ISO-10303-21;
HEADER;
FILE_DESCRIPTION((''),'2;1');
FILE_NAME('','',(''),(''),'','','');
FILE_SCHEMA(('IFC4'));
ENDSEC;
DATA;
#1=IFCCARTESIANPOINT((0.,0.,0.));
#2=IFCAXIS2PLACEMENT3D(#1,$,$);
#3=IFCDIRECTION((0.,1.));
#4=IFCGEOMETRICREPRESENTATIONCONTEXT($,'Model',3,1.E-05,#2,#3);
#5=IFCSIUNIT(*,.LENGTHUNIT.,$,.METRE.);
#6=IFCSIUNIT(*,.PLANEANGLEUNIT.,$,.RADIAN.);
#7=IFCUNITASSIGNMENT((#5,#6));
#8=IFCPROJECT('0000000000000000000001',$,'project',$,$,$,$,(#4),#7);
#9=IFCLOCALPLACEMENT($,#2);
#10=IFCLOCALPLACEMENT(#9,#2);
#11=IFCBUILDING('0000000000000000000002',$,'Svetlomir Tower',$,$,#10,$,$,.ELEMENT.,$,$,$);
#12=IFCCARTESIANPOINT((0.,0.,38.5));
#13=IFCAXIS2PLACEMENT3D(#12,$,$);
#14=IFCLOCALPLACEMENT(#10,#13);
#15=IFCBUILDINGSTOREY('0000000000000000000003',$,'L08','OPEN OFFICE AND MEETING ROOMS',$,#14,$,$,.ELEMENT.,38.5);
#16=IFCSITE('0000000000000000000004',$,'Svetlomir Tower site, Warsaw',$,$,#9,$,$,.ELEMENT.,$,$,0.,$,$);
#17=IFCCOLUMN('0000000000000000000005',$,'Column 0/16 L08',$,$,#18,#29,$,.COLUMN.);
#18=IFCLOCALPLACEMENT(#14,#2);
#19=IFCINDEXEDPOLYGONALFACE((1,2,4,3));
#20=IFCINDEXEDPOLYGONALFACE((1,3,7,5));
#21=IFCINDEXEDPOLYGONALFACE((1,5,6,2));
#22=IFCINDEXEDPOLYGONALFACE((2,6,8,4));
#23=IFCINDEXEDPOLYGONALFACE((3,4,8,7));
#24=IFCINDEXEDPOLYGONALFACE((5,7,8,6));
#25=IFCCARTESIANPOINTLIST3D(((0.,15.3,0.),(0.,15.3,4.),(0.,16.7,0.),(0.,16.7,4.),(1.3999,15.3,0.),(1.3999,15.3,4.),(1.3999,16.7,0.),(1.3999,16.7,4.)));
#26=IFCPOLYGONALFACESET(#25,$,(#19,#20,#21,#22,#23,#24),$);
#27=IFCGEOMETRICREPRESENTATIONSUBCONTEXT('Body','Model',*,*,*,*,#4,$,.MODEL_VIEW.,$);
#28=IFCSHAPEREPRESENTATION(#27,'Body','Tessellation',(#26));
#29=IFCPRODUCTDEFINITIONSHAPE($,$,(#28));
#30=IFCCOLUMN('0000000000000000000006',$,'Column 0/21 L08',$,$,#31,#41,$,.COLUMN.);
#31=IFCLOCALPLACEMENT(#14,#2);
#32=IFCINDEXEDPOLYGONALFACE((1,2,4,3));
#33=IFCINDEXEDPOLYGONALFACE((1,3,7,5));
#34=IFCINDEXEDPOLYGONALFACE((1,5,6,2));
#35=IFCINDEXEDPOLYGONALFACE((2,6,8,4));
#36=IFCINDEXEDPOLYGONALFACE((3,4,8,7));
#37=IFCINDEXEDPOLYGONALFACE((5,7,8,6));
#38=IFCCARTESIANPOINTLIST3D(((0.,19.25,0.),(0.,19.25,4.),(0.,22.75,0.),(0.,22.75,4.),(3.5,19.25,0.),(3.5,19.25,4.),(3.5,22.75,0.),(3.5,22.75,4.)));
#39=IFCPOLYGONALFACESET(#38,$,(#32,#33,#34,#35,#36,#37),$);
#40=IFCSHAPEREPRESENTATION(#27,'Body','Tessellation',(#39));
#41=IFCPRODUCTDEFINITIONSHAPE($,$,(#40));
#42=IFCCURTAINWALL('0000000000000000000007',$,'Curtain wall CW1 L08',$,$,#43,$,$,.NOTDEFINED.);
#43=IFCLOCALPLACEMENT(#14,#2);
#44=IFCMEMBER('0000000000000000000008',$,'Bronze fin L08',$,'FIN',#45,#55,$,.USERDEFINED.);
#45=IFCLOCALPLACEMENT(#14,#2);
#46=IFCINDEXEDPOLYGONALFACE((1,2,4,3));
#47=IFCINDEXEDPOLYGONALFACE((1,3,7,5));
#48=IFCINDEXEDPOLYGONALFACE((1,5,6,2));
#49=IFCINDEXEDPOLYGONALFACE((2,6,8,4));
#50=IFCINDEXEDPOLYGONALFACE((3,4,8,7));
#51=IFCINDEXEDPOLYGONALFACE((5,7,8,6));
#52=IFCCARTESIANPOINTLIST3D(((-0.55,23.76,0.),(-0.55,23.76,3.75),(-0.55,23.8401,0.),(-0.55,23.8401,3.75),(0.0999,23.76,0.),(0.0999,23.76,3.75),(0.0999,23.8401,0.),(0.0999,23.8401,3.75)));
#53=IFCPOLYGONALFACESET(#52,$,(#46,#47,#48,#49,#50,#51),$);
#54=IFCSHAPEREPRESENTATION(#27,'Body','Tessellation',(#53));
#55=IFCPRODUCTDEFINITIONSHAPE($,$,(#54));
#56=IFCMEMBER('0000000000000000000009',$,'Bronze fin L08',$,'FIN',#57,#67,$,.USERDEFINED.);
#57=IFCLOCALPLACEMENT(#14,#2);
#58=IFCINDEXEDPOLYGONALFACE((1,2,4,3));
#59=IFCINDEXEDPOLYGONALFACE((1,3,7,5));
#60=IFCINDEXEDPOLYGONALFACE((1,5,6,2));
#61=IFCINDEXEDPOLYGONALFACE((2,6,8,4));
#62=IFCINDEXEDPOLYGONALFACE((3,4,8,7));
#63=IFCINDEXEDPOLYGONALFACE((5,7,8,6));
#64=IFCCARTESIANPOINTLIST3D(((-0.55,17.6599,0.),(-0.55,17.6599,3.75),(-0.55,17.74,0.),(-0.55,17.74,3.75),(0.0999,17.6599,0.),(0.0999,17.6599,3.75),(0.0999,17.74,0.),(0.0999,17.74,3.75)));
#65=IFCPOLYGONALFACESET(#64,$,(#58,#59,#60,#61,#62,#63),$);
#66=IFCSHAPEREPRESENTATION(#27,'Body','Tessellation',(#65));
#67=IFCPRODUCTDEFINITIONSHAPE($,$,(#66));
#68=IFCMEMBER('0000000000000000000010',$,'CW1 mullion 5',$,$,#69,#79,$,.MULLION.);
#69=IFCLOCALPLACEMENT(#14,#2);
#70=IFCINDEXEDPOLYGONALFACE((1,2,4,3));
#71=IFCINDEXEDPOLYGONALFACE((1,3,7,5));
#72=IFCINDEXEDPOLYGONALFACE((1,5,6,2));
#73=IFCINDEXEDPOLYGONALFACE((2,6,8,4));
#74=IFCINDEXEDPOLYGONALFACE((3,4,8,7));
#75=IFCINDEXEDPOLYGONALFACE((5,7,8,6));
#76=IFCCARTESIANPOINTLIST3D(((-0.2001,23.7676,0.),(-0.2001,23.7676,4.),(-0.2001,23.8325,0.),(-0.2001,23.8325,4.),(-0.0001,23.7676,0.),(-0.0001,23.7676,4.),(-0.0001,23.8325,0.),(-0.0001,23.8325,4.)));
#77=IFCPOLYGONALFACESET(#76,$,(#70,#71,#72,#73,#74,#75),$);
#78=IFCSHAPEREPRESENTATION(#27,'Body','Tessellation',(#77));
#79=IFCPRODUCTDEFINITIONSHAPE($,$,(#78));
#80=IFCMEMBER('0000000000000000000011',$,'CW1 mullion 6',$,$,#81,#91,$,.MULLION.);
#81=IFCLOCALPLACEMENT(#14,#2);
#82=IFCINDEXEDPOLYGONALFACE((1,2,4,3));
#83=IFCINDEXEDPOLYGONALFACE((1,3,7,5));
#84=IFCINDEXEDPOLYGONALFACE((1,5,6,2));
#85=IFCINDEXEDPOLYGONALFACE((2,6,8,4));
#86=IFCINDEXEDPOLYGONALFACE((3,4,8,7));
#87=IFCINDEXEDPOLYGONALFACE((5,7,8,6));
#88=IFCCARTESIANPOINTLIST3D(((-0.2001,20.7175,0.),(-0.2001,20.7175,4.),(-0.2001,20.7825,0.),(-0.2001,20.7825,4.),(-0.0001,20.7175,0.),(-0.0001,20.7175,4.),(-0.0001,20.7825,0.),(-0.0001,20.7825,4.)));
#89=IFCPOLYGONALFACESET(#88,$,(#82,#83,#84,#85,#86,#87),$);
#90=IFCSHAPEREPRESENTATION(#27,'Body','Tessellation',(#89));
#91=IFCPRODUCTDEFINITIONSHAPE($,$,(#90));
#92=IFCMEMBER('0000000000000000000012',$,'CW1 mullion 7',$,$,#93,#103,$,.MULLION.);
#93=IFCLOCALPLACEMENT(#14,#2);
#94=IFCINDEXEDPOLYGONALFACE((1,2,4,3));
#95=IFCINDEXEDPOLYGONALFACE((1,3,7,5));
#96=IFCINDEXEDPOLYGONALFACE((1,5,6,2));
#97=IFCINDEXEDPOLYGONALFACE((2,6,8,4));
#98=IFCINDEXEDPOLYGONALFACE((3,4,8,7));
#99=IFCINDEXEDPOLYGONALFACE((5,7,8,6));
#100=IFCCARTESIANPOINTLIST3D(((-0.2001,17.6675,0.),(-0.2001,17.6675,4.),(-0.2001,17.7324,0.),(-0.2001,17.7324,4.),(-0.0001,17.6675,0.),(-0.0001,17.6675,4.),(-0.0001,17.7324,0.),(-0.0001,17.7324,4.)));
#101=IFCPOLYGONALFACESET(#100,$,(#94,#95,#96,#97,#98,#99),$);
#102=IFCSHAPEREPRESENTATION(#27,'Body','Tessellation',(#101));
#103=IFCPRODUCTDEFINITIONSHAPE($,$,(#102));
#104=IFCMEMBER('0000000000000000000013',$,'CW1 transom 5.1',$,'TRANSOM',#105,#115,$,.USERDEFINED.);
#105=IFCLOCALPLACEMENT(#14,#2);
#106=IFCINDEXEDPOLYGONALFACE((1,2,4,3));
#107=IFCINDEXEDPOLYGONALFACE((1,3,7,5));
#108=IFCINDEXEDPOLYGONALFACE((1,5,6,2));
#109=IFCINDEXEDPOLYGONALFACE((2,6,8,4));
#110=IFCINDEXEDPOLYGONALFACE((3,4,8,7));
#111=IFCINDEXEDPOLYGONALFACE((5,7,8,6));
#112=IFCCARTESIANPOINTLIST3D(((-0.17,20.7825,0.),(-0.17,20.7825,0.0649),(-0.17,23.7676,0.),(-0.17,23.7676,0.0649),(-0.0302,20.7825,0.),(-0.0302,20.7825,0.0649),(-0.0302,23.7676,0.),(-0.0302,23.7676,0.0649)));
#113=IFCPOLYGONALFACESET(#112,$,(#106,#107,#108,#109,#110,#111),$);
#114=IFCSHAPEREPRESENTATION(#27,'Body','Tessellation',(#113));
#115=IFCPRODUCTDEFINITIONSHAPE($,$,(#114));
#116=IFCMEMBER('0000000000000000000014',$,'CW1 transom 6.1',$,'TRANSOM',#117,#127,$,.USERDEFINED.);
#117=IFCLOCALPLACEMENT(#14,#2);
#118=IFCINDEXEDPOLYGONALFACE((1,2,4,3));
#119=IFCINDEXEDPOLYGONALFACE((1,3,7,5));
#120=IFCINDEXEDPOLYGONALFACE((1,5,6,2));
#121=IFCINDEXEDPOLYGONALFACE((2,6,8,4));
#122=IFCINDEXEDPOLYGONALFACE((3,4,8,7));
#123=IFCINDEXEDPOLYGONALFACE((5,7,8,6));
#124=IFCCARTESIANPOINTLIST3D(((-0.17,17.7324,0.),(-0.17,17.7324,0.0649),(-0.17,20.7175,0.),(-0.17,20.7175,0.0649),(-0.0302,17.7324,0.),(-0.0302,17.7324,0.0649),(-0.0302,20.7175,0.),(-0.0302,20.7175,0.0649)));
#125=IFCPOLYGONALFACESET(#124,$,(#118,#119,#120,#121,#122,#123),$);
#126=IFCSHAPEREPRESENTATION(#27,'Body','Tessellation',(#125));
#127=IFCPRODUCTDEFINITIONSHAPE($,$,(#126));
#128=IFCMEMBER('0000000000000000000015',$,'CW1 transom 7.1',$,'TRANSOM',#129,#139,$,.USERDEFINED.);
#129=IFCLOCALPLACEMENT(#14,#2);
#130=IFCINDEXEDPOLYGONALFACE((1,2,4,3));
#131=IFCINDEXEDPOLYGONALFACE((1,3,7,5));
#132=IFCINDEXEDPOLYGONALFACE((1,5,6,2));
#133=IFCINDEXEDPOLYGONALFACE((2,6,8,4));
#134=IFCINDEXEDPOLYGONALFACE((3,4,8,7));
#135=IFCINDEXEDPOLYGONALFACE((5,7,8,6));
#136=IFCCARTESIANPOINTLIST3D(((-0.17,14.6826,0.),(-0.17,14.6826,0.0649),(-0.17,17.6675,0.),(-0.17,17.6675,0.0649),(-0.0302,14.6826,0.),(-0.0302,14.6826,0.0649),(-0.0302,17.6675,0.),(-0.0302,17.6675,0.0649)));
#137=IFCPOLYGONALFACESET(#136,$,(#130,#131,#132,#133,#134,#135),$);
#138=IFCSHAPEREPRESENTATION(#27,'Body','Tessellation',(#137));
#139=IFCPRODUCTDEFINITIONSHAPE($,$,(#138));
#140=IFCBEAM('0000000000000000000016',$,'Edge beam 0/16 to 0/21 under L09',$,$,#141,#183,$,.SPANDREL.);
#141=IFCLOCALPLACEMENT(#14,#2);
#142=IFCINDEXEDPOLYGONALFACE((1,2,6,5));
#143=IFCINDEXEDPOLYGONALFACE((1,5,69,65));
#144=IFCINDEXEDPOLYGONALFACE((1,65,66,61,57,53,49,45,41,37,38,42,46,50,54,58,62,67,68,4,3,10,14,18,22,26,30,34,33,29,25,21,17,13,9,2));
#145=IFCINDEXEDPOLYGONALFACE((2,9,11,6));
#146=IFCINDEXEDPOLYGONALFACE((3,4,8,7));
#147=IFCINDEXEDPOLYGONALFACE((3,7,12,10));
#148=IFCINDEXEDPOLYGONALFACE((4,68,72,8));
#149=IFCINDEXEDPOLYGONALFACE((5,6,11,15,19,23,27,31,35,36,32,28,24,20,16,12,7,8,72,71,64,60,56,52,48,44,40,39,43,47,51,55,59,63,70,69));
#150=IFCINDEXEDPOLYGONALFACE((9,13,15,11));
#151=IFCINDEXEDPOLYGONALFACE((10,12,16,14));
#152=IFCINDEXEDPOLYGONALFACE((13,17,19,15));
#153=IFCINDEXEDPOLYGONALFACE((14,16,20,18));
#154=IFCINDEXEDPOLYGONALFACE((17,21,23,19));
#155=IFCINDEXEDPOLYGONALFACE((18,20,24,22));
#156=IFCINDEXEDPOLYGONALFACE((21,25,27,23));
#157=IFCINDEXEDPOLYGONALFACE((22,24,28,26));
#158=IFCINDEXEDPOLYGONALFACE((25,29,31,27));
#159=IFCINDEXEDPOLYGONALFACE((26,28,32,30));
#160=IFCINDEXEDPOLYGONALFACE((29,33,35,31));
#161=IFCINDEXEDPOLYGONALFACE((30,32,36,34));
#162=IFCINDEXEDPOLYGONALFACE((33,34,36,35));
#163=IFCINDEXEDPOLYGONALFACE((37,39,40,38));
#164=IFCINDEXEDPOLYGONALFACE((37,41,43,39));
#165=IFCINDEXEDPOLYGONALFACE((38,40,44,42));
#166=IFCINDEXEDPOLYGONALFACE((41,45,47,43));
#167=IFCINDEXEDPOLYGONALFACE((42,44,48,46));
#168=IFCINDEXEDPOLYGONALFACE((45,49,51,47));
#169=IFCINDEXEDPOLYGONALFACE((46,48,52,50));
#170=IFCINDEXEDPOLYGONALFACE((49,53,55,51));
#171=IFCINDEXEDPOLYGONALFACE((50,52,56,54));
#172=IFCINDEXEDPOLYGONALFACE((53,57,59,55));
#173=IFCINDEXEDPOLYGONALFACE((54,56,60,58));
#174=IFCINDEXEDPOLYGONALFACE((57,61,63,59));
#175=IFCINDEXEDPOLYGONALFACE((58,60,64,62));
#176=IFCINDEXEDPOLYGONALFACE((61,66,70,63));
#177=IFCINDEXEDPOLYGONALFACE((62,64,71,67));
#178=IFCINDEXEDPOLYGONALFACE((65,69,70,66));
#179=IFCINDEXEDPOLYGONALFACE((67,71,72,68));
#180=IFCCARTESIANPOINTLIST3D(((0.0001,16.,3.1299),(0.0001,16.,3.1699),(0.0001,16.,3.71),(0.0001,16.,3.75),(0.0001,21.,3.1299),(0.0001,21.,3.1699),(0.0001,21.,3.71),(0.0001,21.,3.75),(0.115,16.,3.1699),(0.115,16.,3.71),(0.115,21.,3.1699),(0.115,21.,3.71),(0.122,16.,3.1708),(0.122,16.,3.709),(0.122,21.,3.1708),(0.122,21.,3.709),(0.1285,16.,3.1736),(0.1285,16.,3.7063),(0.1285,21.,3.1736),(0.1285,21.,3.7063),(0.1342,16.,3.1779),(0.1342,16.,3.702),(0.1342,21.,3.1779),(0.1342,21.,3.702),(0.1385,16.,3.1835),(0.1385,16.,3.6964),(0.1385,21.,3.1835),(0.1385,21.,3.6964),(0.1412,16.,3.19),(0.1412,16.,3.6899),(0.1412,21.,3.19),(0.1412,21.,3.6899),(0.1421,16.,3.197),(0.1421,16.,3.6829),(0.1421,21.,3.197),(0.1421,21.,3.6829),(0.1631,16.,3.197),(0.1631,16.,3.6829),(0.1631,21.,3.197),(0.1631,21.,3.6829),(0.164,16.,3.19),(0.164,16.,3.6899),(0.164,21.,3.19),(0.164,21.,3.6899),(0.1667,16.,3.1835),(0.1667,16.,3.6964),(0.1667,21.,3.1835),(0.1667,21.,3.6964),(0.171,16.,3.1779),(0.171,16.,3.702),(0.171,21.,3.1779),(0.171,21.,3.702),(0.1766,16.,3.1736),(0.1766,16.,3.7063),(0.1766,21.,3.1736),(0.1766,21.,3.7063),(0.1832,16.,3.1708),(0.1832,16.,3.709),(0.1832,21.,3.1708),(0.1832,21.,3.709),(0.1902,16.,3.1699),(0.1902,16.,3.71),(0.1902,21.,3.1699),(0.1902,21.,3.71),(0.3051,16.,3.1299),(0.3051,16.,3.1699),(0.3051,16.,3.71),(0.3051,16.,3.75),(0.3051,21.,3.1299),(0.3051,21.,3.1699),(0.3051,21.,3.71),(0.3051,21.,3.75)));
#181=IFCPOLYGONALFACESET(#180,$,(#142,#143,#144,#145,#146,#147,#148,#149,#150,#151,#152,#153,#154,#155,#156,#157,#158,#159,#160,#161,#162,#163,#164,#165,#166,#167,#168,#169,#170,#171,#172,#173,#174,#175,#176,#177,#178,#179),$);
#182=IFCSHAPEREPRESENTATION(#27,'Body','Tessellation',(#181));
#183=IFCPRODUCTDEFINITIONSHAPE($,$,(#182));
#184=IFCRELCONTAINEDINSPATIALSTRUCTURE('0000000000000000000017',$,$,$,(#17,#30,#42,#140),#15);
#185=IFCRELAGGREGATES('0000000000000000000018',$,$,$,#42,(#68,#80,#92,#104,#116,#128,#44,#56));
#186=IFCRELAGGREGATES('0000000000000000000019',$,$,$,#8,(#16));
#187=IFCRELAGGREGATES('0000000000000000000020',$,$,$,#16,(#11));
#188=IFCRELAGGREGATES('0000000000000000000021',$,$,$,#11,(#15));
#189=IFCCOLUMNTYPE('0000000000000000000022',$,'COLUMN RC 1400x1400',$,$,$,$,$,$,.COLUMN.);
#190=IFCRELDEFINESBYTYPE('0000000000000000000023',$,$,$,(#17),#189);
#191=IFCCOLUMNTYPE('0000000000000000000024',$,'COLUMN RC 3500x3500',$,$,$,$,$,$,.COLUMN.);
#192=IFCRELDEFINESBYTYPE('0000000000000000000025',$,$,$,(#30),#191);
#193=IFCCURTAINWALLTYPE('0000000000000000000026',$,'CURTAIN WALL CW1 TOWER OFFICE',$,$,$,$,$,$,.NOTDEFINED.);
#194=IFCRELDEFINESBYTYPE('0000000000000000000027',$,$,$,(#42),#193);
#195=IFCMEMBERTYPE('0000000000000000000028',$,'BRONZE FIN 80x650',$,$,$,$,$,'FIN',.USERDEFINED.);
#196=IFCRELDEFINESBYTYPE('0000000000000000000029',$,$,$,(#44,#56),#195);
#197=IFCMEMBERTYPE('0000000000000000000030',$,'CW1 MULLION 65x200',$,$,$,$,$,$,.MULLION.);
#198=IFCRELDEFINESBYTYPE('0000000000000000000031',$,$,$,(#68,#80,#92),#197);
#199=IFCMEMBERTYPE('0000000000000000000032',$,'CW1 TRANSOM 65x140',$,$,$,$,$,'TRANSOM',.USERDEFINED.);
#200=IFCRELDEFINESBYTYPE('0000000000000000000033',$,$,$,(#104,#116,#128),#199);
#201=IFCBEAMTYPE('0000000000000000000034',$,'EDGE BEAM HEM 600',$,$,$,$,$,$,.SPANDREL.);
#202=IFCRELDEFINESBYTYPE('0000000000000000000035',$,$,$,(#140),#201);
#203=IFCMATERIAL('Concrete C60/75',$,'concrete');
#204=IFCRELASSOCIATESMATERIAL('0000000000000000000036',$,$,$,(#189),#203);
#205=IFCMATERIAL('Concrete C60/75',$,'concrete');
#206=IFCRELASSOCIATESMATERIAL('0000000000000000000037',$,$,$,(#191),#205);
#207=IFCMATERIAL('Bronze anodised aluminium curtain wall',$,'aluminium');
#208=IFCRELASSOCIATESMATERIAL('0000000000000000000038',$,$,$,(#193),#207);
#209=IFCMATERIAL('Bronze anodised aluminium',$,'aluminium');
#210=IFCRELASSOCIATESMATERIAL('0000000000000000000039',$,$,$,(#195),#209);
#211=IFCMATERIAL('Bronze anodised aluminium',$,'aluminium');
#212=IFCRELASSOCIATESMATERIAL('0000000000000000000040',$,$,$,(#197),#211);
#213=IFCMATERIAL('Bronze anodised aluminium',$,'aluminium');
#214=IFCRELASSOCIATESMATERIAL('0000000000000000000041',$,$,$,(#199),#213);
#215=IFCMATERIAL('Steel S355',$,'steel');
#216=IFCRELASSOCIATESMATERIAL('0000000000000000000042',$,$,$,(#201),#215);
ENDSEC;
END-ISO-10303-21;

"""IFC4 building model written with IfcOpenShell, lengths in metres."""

from ifc_helpers import new_model, si_unit, direction, frame, origin, origin_2d, place, context, subcontext, project, spatial, rectangle, i_section, extrude, material, material_profile, profile_set, type_object, element, aggregate, save


model = new_model("IFC4")

# Units and contexts
model_context = context("Model", 3, precision=1e-05, world=origin(), true_north=direction((0.0, 1.0)))
body_context = subcontext(model_context, "Body", "Model", "MODEL_VIEW")
ifc_project = project(units=[si_unit("LENGTHUNIT", "METRE"), si_unit("PLANEANGLEUNIT", "RADIAN")], contexts=[model_context])

# Site, building, storey
site_placement = place(None, origin())
site = spatial("IfcSite", under=ifc_project, at=site_placement, Name="Svetlomir Tower site, Warsaw", CompositionType="ELEMENT", RefElevation=0.0)
building_placement = place(site_placement, origin())
building = spatial("IfcBuilding", under=site, at=building_placement, Name="Svetlomir Tower", CompositionType="ELEMENT")
storey_placement = place(building_placement, frame((0.0, 0.0, 38.5)))
storey = spatial("IfcBuildingStorey", under=building, at=storey_placement, Name="L08", Description="OPEN OFFICE AND MEETING ROOMS", CompositionType="ELEMENT", Elevation=38.5)

# Columns
ifc_material_1 = material(Name="Concrete C60/75", Category="concrete")
ifc_material_profile_1 = material_profile(ifc_material_1, rectangle(XDim=1.3999, YDim=1.3999, at=origin_2d()), Name="RC 1400x1400")
ifc_profile_set_1 = profile_set([ifc_material_profile_1], Name="Concrete C60/75")
column_type_1 = type_object("IfcColumnType", Name="COLUMN RC 1400x1400", PredefinedType="COLUMN", material=ifc_profile_set_1)
column_1_placement = place(storey_placement, frame((0.7, 16.0, 0.0), z_axis=(0.0, 0.0, 1.0), x_axis=(1.0, 0.0, 0.0)))
element("IfcColumn", 1, at=column_1_placement, inside=storey, type_object=column_type_1, Name="Column 0/16 L08", PredefinedType="COLUMN", context=body_context, shape_type="SweptSolid", body=[
    extrude(rectangle(XDim=1.3999, YDim=1.3999, at=origin_2d()), origin(), (0.0, 0.0, 1.0), 4.0),
])
ifc_material_2 = material(Name="Concrete C60/75", Category="concrete")
ifc_material_profile_2 = material_profile(ifc_material_2, rectangle(XDim=3.5, YDim=3.5, at=origin_2d()), Name="RC 3500x3500")
ifc_profile_set_2 = profile_set([ifc_material_profile_2], Name="Concrete C60/75")
column_type_2 = type_object("IfcColumnType", Name="COLUMN RC 3500x3500", PredefinedType="COLUMN", material=ifc_profile_set_2)
column_2_placement = place(storey_placement, frame((1.75, 21.0, 0.0), z_axis=(0.0, 0.0, 1.0), x_axis=(1.0, 0.0, 0.0)))
element("IfcColumn", 2, at=column_2_placement, inside=storey, type_object=column_type_2, Name="Column 0/21 L08", PredefinedType="COLUMN", context=body_context, shape_type="SweptSolid", body=[
    extrude(rectangle(XDim=3.5, YDim=3.5, at=origin_2d()), origin(), (0.0, 0.0, 1.0), 4.0),
])

# Curtain wall, members
ifc_material_3 = material(Name="Bronze anodised aluminium curtain wall", Category="aluminium")
curtain_wall_type = type_object("IfcCurtainWallType", Name="CURTAIN WALL CW1 TOWER OFFICE", PredefinedType="NOTDEFINED", material=ifc_material_3)
curtain_wall_placement = place(storey_placement, origin())
curtain_wall = element("IfcCurtainWall", 3, at=curtain_wall_placement, inside=storey, type_object=curtain_wall_type, Name="Curtain wall CW1 L08", PredefinedType="NOTDEFINED")
ifc_material_4 = material(Name="Bronze anodised aluminium", Category="aluminium")
ifc_material_profile_3 = material_profile(ifc_material_4, rectangle(XDim=0.0801, YDim=0.6499, at=origin_2d()), Name="FIN 80x650")
ifc_profile_set_3 = profile_set([ifc_material_profile_3], Name="Bronze anodised aluminium 6063-T6")
member_type_1 = type_object("IfcMemberType", Name="BRONZE FIN 80x650", ElementType="FIN", PredefinedType="USERDEFINED", material=ifc_profile_set_3)
member_1_placement = place(storey_placement, frame((-0.2251, 23.8, 0.0), z_axis=(0.0, 0.0, 1.0), x_axis=(0.0, 1.0, 0.0)))
member_1 = element("IfcMember", 4, at=member_1_placement, type_object=member_type_1, Name="Bronze fin L08", ObjectType="FIN", PredefinedType="USERDEFINED", context=body_context, shape_type="SweptSolid", body=[
    extrude(rectangle(XDim=0.0801, YDim=0.6499, at=origin_2d()), origin(), (0.0, 0.0, 1.0), 3.75),
])
member_2_placement = place(storey_placement, frame((-0.2251, 17.7, 0.0), z_axis=(0.0, 0.0, 1.0), x_axis=(0.0, 1.0, 0.0)))
member_2 = element("IfcMember", 5, at=member_2_placement, type_object=member_type_1, Name="Bronze fin L08", ObjectType="FIN", PredefinedType="USERDEFINED", context=body_context, shape_type="SweptSolid", body=[
    extrude(rectangle(XDim=0.0801, YDim=0.6499, at=origin_2d()), origin(), (0.0, 0.0, 1.0), 3.75),
])
ifc_material_5 = material(Name="Bronze anodised aluminium", Category="aluminium")
ifc_material_profile_4 = material_profile(ifc_material_5, rectangle(XDim=0.0649, YDim=0.2, at=origin_2d()), Name="AL 65x200")
ifc_profile_set_4 = profile_set([ifc_material_profile_4], Name="Bronze anodised aluminium 6063-T6")
member_type_2 = type_object("IfcMemberType", Name="CW1 MULLION 65x200", PredefinedType="MULLION", material=ifc_profile_set_4)
member_3_placement = place(storey_placement, frame((-0.1001, 23.8, 0.0), z_axis=(0.0, 0.0, 1.0), x_axis=(0.0, -1.0, 0.0)))
member_3 = element("IfcMember", 6, at=member_3_placement, type_object=member_type_2, Name="CW1 mullion 5", PredefinedType="MULLION", context=body_context, shape_type="SweptSolid", body=[
    extrude(rectangle(XDim=0.0649, YDim=0.2, at=origin_2d()), origin(), (0.0, 0.0, 1.0), 4.0),
])
member_4_placement = place(storey_placement, frame((-0.1001, 20.75, 0.0), z_axis=(0.0, 0.0, 1.0), x_axis=(0.0, -1.0, 0.0)))
member_4 = element("IfcMember", 7, at=member_4_placement, type_object=member_type_2, Name="CW1 mullion 6", PredefinedType="MULLION", context=body_context, shape_type="SweptSolid", body=[
    extrude(rectangle(XDim=0.0649, YDim=0.2, at=origin_2d()), origin(), (0.0, 0.0, 1.0), 4.0),
])
member_5_placement = place(storey_placement, frame((-0.1001, 17.7, 0.0), z_axis=(0.0, 0.0, 1.0), x_axis=(0.0, -1.0, 0.0)))
member_5 = element("IfcMember", 8, at=member_5_placement, type_object=member_type_2, Name="CW1 mullion 7", PredefinedType="MULLION", context=body_context, shape_type="SweptSolid", body=[
    extrude(rectangle(XDim=0.0649, YDim=0.2, at=origin_2d()), origin(), (0.0, 0.0, 1.0), 4.0),
])
ifc_material_6 = material(Name="Bronze anodised aluminium", Category="aluminium")
ifc_material_profile_5 = material_profile(ifc_material_6, rectangle(XDim=0.1399, YDim=0.0649, at=origin_2d()), Name="AL 140x65")
ifc_profile_set_5 = profile_set([ifc_material_profile_5], Name="Bronze anodised aluminium 6063-T6")
member_type_3 = type_object("IfcMemberType", Name="CW1 TRANSOM 65x140", ElementType="TRANSOM", PredefinedType="USERDEFINED", material=ifc_profile_set_5)
member_6_placement = place(storey_placement, frame((-0.1001, 23.7676, 0.0325), z_axis=(0.0, -1.0, 0.0), x_axis=(1.0, 0.0, 0.0)))
member_6 = element("IfcMember", 9, at=member_6_placement, type_object=member_type_3, Name="CW1 transom 5.1", ObjectType="TRANSOM", PredefinedType="USERDEFINED", context=body_context, shape_type="SweptSolid", body=[
    extrude(rectangle(XDim=0.1399, YDim=0.0649, at=origin_2d()), origin(), (0.0, 0.0, 1.0), 2.9851),
])
member_7_placement = place(storey_placement, frame((-0.1001, 20.7175, 0.0325), z_axis=(0.0, -1.0, 0.0), x_axis=(1.0, 0.0, 0.0)))
member_7 = element("IfcMember", 10, at=member_7_placement, type_object=member_type_3, Name="CW1 transom 6.1", ObjectType="TRANSOM", PredefinedType="USERDEFINED", context=body_context, shape_type="SweptSolid", body=[
    extrude(rectangle(XDim=0.1399, YDim=0.0649, at=origin_2d()), origin(), (0.0, 0.0, 1.0), 2.9851),
])
member_8_placement = place(storey_placement, frame((-0.1001, 17.6675, 0.0325), z_axis=(0.0, -1.0, 0.0), x_axis=(1.0, 0.0, 0.0)))
member_8 = element("IfcMember", 11, at=member_8_placement, type_object=member_type_3, Name="CW1 transom 7.1", ObjectType="TRANSOM", PredefinedType="USERDEFINED", context=body_context, shape_type="SweptSolid", body=[
    extrude(rectangle(XDim=0.1399, YDim=0.0649, at=origin_2d()), origin(), (0.0, 0.0, 1.0), 2.9849),
])

# Beam
ifc_material_7 = material(Name="Steel S355", Category="steel")
ifc_material_profile_6 = material_profile(ifc_material_7, i_section(OverallWidth=0.3049, OverallDepth=0.6201, WebThickness=0.021, FlangeThickness=0.04, FilletRadius=0.0271, at=origin_2d()), Name="HEM 600")
ifc_profile_set_6 = profile_set([ifc_material_profile_6], Name="Steel S355")
beam_type = type_object("IfcBeamType", Name="EDGE BEAM HEM 600", PredefinedType="SPANDREL", material=ifc_profile_set_6)
for number, where, z_axis, x_axis, name in (
    (12, (0.1526, 16.0, 3.4399), (0.0, 1.0, 0.0), (-1.0, 0.0, 0.0), "Edge beam 0/16 to 0/21 under L09"),
):
    element("IfcBeam", number, at=place(storey_placement, frame(where, z_axis=z_axis, x_axis=x_axis)), inside=storey, type_object=beam_type, Name=name, PredefinedType="SPANDREL", context=body_context, shape_type="SweptSolid", body=[
        extrude(i_section(OverallWidth=0.3049, OverallDepth=0.6201, WebThickness=0.021, FlangeThickness=0.04, FilletRadius=0.0271, at=origin_2d()), origin(), (0.0, 0.0, 1.0), 5.0),
    ])

aggregate(curtain_wall, [member_3, member_4, member_5, member_6, member_7, member_8, member_1, member_2])

save(model, "model.ifc")
